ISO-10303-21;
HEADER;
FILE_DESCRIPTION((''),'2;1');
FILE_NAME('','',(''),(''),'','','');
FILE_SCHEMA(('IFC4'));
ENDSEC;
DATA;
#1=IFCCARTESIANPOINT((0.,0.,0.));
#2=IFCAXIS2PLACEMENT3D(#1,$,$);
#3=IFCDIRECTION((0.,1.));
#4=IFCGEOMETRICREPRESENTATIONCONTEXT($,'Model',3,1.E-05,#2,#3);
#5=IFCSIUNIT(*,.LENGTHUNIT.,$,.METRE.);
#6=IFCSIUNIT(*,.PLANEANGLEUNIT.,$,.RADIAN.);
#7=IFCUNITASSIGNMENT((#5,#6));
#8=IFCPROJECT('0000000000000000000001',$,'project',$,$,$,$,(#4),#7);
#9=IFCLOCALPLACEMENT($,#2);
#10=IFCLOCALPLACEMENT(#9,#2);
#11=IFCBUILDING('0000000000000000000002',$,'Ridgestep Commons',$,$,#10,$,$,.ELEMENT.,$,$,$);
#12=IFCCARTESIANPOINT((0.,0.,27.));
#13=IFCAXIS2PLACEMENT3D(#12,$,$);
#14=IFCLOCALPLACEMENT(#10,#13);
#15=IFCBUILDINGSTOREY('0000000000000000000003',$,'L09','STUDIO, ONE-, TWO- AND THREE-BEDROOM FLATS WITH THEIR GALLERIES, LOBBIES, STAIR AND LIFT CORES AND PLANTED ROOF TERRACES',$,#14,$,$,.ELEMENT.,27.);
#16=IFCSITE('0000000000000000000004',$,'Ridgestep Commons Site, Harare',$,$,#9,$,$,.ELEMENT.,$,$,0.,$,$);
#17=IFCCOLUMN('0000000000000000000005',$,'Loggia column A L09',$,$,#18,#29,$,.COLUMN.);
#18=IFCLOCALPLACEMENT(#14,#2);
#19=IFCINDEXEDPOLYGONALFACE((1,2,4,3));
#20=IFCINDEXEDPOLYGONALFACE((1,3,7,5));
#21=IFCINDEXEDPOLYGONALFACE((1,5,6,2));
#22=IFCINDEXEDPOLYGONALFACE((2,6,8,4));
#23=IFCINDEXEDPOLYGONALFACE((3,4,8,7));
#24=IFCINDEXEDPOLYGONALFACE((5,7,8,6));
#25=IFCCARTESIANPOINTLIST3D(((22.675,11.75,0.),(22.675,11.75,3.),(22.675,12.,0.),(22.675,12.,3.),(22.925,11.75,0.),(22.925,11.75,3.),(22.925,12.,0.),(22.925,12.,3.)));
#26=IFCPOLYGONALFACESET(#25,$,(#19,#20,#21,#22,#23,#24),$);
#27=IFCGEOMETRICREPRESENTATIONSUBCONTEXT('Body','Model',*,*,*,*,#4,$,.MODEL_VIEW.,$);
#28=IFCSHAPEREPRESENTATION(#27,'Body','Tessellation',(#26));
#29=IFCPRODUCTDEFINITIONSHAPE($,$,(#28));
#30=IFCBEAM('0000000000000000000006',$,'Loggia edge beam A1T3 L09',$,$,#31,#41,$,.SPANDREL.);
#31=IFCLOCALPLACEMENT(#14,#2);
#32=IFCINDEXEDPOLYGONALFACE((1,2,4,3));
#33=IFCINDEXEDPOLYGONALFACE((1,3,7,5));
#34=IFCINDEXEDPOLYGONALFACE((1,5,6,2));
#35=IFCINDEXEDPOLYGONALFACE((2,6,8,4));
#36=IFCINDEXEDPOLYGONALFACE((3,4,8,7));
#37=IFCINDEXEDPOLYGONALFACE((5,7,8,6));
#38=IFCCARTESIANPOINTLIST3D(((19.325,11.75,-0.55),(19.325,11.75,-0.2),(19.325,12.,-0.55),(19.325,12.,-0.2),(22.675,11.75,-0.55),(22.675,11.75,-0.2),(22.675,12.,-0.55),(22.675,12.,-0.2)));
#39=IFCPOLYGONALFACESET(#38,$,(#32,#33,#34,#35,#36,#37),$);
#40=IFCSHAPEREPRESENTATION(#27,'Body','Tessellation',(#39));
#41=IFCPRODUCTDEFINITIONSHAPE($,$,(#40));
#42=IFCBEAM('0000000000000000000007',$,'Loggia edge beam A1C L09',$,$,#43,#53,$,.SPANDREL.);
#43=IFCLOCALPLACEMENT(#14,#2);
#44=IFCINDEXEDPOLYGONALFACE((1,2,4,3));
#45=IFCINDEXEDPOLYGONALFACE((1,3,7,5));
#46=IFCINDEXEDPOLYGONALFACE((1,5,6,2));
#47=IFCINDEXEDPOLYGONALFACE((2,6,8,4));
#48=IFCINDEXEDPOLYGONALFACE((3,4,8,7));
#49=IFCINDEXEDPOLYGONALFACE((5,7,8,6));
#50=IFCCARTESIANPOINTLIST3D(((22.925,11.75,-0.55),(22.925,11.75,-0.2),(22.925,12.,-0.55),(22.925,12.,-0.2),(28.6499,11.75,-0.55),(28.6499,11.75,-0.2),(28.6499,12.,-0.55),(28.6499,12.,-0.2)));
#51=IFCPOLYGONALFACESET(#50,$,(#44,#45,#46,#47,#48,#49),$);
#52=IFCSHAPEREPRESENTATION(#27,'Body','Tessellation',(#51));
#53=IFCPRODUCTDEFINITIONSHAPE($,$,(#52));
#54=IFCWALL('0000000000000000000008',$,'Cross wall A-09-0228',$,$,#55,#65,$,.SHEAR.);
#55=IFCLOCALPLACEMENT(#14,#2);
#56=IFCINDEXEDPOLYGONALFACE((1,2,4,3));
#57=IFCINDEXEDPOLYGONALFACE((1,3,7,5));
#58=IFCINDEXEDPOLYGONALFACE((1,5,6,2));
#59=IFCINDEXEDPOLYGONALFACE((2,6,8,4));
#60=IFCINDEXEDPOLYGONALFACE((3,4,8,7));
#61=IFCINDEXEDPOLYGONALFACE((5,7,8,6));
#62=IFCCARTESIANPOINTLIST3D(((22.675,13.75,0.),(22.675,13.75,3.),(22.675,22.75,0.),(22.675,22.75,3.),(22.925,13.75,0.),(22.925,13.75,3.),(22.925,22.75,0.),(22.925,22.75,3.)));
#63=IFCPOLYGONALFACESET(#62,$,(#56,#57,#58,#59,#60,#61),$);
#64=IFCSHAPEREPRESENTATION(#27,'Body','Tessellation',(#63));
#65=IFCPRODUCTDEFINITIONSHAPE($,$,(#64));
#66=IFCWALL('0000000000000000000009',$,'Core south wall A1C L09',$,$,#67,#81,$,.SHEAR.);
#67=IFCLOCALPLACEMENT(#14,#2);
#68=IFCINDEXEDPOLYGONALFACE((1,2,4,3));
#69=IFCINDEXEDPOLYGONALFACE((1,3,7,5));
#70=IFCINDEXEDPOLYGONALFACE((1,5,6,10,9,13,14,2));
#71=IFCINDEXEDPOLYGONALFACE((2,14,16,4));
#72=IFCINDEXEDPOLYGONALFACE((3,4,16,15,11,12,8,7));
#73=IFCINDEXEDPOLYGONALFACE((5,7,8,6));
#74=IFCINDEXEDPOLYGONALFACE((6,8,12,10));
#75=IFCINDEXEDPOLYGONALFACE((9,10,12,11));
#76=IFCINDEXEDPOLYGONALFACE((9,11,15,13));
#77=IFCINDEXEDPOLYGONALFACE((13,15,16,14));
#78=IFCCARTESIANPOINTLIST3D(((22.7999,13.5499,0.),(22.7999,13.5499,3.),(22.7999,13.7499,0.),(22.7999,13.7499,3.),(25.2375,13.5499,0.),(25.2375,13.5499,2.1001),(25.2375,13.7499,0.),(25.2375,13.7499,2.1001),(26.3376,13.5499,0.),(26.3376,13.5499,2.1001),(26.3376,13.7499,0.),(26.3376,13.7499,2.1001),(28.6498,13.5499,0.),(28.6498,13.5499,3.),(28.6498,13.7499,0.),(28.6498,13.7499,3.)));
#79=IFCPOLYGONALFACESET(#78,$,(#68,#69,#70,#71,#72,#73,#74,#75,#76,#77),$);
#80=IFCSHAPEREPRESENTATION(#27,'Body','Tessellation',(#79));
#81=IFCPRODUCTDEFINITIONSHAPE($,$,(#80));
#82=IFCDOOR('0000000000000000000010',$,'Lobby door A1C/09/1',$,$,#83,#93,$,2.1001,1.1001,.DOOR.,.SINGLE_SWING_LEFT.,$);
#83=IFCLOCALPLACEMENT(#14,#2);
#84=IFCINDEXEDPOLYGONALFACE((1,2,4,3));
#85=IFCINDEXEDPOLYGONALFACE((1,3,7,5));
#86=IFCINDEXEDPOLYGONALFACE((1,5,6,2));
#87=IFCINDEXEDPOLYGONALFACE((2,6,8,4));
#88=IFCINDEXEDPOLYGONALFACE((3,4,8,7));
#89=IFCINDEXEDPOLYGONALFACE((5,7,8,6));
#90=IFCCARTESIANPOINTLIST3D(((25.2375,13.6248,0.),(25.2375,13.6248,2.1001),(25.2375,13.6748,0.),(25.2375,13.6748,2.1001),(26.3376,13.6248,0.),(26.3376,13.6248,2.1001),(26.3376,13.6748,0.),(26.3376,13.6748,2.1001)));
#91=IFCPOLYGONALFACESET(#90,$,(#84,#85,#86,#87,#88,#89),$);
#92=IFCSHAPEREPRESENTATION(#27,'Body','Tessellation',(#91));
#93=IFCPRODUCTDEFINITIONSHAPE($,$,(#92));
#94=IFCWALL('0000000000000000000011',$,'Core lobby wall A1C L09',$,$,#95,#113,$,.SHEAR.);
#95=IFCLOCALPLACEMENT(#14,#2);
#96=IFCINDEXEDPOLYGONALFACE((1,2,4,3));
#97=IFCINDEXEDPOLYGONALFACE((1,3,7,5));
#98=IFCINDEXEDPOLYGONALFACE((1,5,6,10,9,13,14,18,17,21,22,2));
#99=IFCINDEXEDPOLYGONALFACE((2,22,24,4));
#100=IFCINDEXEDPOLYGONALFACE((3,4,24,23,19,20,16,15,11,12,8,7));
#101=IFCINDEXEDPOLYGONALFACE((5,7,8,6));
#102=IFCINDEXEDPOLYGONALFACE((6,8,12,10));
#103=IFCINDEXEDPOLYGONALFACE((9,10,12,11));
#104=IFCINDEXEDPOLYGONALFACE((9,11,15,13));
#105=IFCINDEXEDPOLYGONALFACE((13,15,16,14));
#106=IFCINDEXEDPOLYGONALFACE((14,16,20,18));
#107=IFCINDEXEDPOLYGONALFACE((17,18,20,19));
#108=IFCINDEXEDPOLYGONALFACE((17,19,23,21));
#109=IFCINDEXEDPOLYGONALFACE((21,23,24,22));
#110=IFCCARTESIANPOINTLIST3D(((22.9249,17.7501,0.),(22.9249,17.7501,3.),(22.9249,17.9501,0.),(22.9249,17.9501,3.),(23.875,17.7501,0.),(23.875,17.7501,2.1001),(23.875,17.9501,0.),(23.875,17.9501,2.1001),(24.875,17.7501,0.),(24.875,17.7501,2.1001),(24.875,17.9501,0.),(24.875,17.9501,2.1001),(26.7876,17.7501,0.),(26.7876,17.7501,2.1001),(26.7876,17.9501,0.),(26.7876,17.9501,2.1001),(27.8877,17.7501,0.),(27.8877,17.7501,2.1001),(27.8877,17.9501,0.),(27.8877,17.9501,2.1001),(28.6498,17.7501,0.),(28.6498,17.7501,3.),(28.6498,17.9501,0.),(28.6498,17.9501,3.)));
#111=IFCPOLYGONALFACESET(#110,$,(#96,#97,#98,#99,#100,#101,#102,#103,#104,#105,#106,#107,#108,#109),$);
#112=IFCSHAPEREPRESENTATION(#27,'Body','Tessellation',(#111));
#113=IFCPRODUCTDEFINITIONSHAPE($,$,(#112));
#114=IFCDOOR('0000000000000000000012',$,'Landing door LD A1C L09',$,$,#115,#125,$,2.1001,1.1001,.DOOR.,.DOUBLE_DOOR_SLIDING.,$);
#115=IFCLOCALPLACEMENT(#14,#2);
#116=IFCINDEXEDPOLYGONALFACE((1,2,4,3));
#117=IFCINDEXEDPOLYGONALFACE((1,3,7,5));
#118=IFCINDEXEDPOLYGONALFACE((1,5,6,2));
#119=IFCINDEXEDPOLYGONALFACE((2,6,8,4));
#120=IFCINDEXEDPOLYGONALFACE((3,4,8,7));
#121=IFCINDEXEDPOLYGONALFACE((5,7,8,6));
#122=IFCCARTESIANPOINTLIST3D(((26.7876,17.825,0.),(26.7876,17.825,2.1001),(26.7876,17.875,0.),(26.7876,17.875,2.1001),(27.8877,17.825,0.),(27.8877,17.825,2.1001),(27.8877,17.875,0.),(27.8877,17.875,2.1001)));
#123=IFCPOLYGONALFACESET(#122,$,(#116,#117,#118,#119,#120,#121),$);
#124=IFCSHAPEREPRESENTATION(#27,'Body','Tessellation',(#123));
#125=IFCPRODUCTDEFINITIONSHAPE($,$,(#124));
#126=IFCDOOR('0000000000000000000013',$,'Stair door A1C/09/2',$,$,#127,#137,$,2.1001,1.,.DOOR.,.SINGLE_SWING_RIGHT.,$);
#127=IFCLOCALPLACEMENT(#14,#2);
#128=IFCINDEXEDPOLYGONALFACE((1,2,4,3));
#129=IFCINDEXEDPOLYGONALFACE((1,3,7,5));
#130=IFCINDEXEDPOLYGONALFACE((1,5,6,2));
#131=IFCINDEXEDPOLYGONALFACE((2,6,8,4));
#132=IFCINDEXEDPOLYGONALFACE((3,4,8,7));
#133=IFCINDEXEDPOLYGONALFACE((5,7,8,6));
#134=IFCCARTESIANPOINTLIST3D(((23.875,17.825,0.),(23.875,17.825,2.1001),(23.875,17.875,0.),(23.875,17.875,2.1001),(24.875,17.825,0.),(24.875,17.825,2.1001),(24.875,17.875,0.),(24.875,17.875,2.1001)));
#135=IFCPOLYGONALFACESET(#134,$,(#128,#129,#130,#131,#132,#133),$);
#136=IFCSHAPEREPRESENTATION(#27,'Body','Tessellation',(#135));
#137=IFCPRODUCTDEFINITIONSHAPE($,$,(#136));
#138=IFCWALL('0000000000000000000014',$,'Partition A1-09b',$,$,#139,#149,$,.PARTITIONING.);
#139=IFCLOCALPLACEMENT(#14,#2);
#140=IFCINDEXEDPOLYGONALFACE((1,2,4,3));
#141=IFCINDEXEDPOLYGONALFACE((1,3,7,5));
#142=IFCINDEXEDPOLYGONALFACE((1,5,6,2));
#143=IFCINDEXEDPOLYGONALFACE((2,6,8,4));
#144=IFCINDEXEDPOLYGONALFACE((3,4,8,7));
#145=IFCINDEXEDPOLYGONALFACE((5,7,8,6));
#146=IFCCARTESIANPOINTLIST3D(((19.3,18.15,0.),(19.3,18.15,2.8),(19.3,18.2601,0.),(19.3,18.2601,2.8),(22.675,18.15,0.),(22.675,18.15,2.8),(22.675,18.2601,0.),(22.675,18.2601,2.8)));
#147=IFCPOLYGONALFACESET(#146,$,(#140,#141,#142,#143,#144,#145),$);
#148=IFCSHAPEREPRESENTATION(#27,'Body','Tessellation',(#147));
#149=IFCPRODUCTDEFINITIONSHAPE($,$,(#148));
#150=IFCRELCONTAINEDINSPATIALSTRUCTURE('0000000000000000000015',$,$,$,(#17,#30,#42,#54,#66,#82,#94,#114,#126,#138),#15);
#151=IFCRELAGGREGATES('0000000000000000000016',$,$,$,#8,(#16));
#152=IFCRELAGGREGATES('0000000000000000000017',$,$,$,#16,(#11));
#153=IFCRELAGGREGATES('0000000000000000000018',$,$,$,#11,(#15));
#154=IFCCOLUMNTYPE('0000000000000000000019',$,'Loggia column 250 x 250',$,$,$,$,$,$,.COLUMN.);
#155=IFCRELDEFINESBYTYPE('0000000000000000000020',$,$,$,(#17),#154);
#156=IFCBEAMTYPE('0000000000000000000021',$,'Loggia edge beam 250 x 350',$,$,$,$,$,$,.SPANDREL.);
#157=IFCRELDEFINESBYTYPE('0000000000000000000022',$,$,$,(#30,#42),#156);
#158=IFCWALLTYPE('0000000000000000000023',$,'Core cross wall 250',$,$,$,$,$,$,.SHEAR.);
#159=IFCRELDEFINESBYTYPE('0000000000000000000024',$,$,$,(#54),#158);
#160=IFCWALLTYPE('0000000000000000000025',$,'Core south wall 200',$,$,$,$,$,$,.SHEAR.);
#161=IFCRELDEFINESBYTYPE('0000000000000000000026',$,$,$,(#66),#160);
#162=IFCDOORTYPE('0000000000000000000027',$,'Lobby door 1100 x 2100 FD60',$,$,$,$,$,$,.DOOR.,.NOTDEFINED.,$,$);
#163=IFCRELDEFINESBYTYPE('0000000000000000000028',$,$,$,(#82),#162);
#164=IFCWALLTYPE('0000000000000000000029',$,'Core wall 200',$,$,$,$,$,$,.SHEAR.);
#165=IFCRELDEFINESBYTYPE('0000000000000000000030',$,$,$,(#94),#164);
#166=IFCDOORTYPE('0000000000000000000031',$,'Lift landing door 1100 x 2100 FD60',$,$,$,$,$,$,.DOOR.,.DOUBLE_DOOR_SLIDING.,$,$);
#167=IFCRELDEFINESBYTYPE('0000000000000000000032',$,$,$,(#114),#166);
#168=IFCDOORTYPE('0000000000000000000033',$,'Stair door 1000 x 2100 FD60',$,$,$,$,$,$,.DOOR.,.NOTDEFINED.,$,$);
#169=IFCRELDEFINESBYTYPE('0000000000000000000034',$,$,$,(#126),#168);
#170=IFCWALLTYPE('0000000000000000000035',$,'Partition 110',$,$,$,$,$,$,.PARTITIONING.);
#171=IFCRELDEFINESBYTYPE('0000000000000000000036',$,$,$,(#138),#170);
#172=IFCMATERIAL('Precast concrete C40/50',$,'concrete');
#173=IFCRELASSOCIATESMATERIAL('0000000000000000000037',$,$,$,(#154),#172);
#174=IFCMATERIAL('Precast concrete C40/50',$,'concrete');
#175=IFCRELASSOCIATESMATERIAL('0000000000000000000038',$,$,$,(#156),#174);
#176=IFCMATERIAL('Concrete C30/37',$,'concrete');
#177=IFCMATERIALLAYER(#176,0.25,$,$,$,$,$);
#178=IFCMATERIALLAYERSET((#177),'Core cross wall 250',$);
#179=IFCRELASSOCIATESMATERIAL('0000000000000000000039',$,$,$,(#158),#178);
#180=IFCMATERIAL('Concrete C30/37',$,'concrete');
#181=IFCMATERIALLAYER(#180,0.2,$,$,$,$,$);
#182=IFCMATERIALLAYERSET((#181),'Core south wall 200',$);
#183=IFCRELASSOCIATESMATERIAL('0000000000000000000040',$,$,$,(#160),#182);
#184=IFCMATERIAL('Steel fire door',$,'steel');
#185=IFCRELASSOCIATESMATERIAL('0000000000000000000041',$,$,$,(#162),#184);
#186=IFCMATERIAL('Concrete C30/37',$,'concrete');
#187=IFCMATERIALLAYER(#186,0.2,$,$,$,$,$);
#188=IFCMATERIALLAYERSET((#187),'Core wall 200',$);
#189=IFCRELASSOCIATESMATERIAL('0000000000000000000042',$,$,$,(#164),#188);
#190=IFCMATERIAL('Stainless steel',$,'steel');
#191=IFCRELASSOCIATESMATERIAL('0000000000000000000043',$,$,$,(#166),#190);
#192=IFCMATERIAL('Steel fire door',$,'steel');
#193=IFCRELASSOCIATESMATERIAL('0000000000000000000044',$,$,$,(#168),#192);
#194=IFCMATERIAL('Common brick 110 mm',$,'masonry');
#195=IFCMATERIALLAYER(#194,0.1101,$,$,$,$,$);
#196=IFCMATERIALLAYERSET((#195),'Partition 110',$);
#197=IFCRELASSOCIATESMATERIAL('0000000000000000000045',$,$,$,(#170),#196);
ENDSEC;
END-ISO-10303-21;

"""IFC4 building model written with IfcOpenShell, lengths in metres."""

from ifc_helpers import new_model, si_unit, direction, frame, frame_2d, origin, origin_2d, place, context, subcontext, project, spatial, rectangle, extrude, material, layer, layer_set, material_profile, profile_set, type_object, element, fill, save


model = new_model("IFC4")

# Units and contexts
model_context = context("Model", 3, precision=1e-05, world=origin(), true_north=direction((0.0, 1.0)))
body_context = subcontext(model_context, "Body", "Model", "MODEL_VIEW")
ifc_project = project(units=[si_unit("LENGTHUNIT", "METRE"), si_unit("PLANEANGLEUNIT", "RADIAN")], contexts=[model_context])

# Site, building, storey
site_placement = place(None, origin())
site = spatial("IfcSite", under=ifc_project, at=site_placement, Name="Ridgestep Commons Site, Harare", CompositionType="ELEMENT", RefElevation=0.0)
building_placement = place(site_placement, origin())
building = spatial("IfcBuilding", under=site, at=building_placement, Name="Ridgestep Commons", CompositionType="ELEMENT")
storey_placement = place(building_placement, frame((0.0, 0.0, 27.0)))
storey = spatial("IfcBuildingStorey", under=building, at=storey_placement, Name="L09", Description="STUDIO, ONE-, TWO- AND THREE-BEDROOM FLATS WITH THEIR GALLERIES, LOBBIES, STAIR AND LIFT CORES AND PLANTED ROOF TERRACES", CompositionType="ELEMENT", Elevation=27.0)

# Column
ifc_material_1 = material(Name="Precast concrete C40/50", Category="concrete")
ifc_material_profile_1 = material_profile(ifc_material_1, rectangle(XDim=0.25, YDim=0.25, at=origin_2d()), Name="PC 250x250")
ifc_profile_set_1 = profile_set([ifc_material_profile_1], Name="Precast concrete C40/50")
column_type = type_object("IfcColumnType", Name="Loggia column 250 x 250", PredefinedType="COLUMN", material=ifc_profile_set_1)
column_placement = place(storey_placement, frame((22.8, 11.875, 0.0), z_axis=(0.0, 0.0, 1.0), x_axis=(1.0, 0.0, 0.0)))
element("IfcColumn", 1, at=column_placement, inside=storey, type_object=column_type, Name="Loggia column A L09", PredefinedType="COLUMN", context=body_context, shape_type="SweptSolid", body=[
    extrude(rectangle(XDim=0.25, YDim=0.25, at=origin_2d()), origin(), (0.0, 0.0, 1.0), 3.0),
])

# Beams
ifc_material_2 = material(Name="Precast concrete C40/50", Category="concrete")
ifc_material_profile_2 = material_profile(ifc_material_2, rectangle(XDim=0.25, YDim=0.3501, at=origin_2d()), Name="PC 250x350")
ifc_profile_set_2 = profile_set([ifc_material_profile_2], Name="Precast concrete C40/50")
beam_type = type_object("IfcBeamType", Name="Loggia edge beam 250 x 350", PredefinedType="SPANDREL", material=ifc_profile_set_2)
beam_1_placement = place(storey_placement, frame((19.325, 11.875, -0.375), z_axis=(1.0, 0.0, 0.0), x_axis=(0.0, 1.0, 0.0)))
element("IfcBeam", 2, at=beam_1_placement, inside=storey, type_object=beam_type, Name="Loggia edge beam A1T3 L09", PredefinedType="SPANDREL", context=body_context, shape_type="SweptSolid", body=[
    extrude(rectangle(XDim=0.25, YDim=0.3501, at=origin_2d()), origin(), (0.0, 0.0, 1.0), 3.3501),
])
beam_2_placement = place(storey_placement, frame((22.925, 11.875, -0.375), z_axis=(1.0, 0.0, 0.0), x_axis=(0.0, 1.0, 0.0)))
element("IfcBeam", 3, at=beam_2_placement, inside=storey, type_object=beam_type, Name="Loggia edge beam A1C L09", PredefinedType="SPANDREL", context=body_context, shape_type="SweptSolid", body=[
    extrude(rectangle(XDim=0.25, YDim=0.3501, at=origin_2d()), origin(), (0.0, 0.0, 1.0), 5.7249),
])

# Wall
ifc_material_3 = material(Name="Concrete C30/37", Category="concrete")
ifc_layer_1 = layer(ifc_material_3, 0.25)
ifc_layer_set_1 = layer_set([ifc_layer_1], Name="Core cross wall 250")
wall_type_1 = type_object("IfcWallType", Name="Core cross wall 250", PredefinedType="SHEAR", material=ifc_layer_set_1)
wall_1_placement = place(storey_placement, frame((22.8, 13.75, 0.0), z_axis=(0.0, 0.0, 1.0), x_axis=(0.0, 1.0, 0.0)))
element("IfcWall", 4, at=wall_1_placement, inside=storey, type_object=wall_type_1, Name="Cross wall A-09-0228", PredefinedType="SHEAR", context=body_context, shape_type="SweptSolid", body=[
    extrude(rectangle(XDim=9.0, YDim=0.25, at=frame_2d((4.5, 0.0))), origin(), (0.0, 0.0, 1.0), 3.0),
])

# Wall, opening, door
ifc_material_4 = material(Name="Concrete C30/37", Category="concrete")
ifc_layer_2 = layer(ifc_material_4, 0.2)
ifc_layer_set_2 = layer_set([ifc_layer_2], Name="Core south wall 200")
wall_type_2 = type_object("IfcWallType", Name="Core south wall 200", PredefinedType="SHEAR", material=ifc_layer_set_2)
wall_2_placement = place(storey_placement, frame((22.8, 13.6499, 0.0), z_axis=(0.0, 0.0, 1.0), x_axis=(1.0, 0.0, 0.0)))
wall_2 = element("IfcWall", 5, at=wall_2_placement, inside=storey, type_object=wall_type_2, Name="Core south wall A1C L09", PredefinedType="SHEAR", context=body_context, shape_type="SweptSolid", body=[
    extrude(rectangle(XDim=5.8499, YDim=0.2, at=frame_2d((2.9248, 0.0))), origin(), (0.0, 0.0, 1.0), 3.0),
])
opening_1_placement = place(wall_2_placement, frame((2.4375, 0.0, 0.0)))
opening_1 = element("IfcOpeningElement", 6, at=opening_1_placement, cuts=wall_2, PredefinedType="OPENING", context=body_context, shape_type="SweptSolid", body=[
    extrude(rectangle(XDim=1.1001, YDim=2.1001, at=frame_2d((0.55, 1.05))), frame((0.0, 0.1099, 0.0), z_axis=(0.0, -1.0, 0.0), x_axis=(1.0, 0.0, 0.0)), (0.0, 0.0, 1.0), 0.22),
])
ifc_material_5 = material(Name="Steel fire door", Category="steel")
door_type_1 = type_object("IfcDoorType", Name="Lobby door 1100 x 2100 FD60", OperationType="NOTDEFINED", PredefinedType="DOOR", material=ifc_material_5)
door_1_placement = place(opening_1_placement, origin())
door_1 = element("IfcDoor", 7, at=door_1_placement, inside=storey, type_object=door_type_1, Name="Lobby door A1C/09/1", OperationType="SINGLE_SWING_LEFT", OverallHeight=2.1001, OverallWidth=1.1001, PredefinedType="DOOR", context=body_context, shape_type="SweptSolid", body=[
    extrude(rectangle(XDim=1.1001, YDim=2.1001, at=frame_2d((0.55, 1.05))), frame((0.0, 0.0249, 0.0), z_axis=(0.0, -1.0, 0.0), x_axis=(1.0, 0.0, 0.0)), (0.0, 0.0, 1.0), 0.05),
])
fill(opening_1, door_1)

# Wall, openings, doors
ifc_material_6 = material(Name="Concrete C30/37", Category="concrete")
ifc_layer_3 = layer(ifc_material_6, 0.2)
ifc_layer_set_3 = layer_set([ifc_layer_3], Name="Core wall 200")
wall_type_3 = type_object("IfcWallType", Name="Core wall 200", PredefinedType="SHEAR", material=ifc_layer_set_3)
wall_3_placement = place(storey_placement, frame((22.925, 17.8501, 0.0), z_axis=(0.0, 0.0, 1.0), x_axis=(1.0, 0.0, 0.0)))
wall_3 = element("IfcWall", 8, at=wall_3_placement, inside=storey, type_object=wall_type_3, Name="Core lobby wall A1C L09", PredefinedType="SHEAR", context=body_context, shape_type="SweptSolid", body=[
    extrude(rectangle(XDim=5.7249, YDim=0.2, at=frame_2d((2.8623, 0.0))), origin(), (0.0, 0.0, 1.0), 3.0),
])
opening_2_placement = place(wall_3_placement, frame((0.95, 0.0, 0.0)))
opening_2 = element("IfcOpeningElement", 9, at=opening_2_placement, cuts=wall_3, PredefinedType="OPENING", context=body_context, shape_type="SweptSolid", body=[
    extrude(rectangle(XDim=1.0, YDim=2.1001, at=frame_2d((0.5, 1.05))), frame((0.0, 0.1099, 0.0), z_axis=(0.0, -1.0, 0.0), x_axis=(1.0, 0.0, 0.0)), (0.0, 0.0, 1.0), 0.22),
])
opening_3_placement = place(wall_3_placement, frame((3.8625, 0.0, 0.0)))
opening_3 = element("IfcOpeningElement", 10, at=opening_3_placement, cuts=wall_3, PredefinedType="OPENING", context=body_context, shape_type="SweptSolid", body=[
    extrude(rectangle(XDim=1.1001, YDim=2.1001, at=frame_2d((0.55, 1.05))), frame((0.0, 0.1099, 0.0), z_axis=(0.0, -1.0, 0.0), x_axis=(1.0, 0.0, 0.0)), (0.0, 0.0, 1.0), 0.22),
])
ifc_material_7 = material(Name="Stainless steel", Category="steel")
door_type_2 = type_object("IfcDoorType", Name="Lift landing door 1100 x 2100 FD60", OperationType="DOUBLE_DOOR_SLIDING", PredefinedType="DOOR", material=ifc_material_7)
door_2_placement = place(opening_3_placement, origin())
door_2 = element("IfcDoor", 11, at=door_2_placement, inside=storey, type_object=door_type_2, Name="Landing door LD A1C L09", OperationType="DOUBLE_DOOR_SLIDING", OverallHeight=2.1001, OverallWidth=1.1001, PredefinedType="DOOR", context=body_context, shape_type="SweptSolid", body=[
    extrude(rectangle(XDim=1.1001, YDim=2.1001, at=frame_2d((0.55, 1.05))), frame((0.0, 0.0249, 0.0), z_axis=(0.0, -1.0, 0.0), x_axis=(1.0, 0.0, 0.0)), (0.0, 0.0, 1.0), 0.05),
])
fill(opening_3, door_2)
ifc_material_8 = material(Name="Steel fire door", Category="steel")
door_type_3 = type_object("IfcDoorType", Name="Stair door 1000 x 2100 FD60", OperationType="NOTDEFINED", PredefinedType="DOOR", material=ifc_material_8)
door_3_placement = place(opening_2_placement, origin())
door_3 = element("IfcDoor", 12, at=door_3_placement, inside=storey, type_object=door_type_3, Name="Stair door A1C/09/2", OperationType="SINGLE_SWING_RIGHT", OverallHeight=2.1001, OverallWidth=1.0, PredefinedType="DOOR", context=body_context, shape_type="SweptSolid", body=[
    extrude(rectangle(XDim=1.0, YDim=2.1001, at=frame_2d((0.5, 1.05))), frame((0.0, 0.0249, 0.0), z_axis=(0.0, -1.0, 0.0), x_axis=(1.0, 0.0, 0.0)), (0.0, 0.0, 1.0), 0.05),
])
fill(opening_2, door_3)

# Wall
ifc_material_9 = material(Name="Common brick 110 mm", Category="masonry")
ifc_layer_4 = layer(ifc_material_9, 0.1101)
ifc_layer_set_4 = layer_set([ifc_layer_4], Name="Partition 110")
wall_type_4 = type_object("IfcWallType", Name="Partition 110", PredefinedType="PARTITIONING", material=ifc_layer_set_4)
wall_4_placement = place(storey_placement, frame((19.3, 18.2051, 0.0), z_axis=(0.0, 0.0, 1.0), x_axis=(1.0, 0.0, 0.0)))
element("IfcWall", 13, at=wall_4_placement, inside=storey, type_object=wall_type_4, Name="Partition A1-09b", PredefinedType="PARTITIONING", context=body_context, shape_type="SweptSolid", body=[
    extrude(rectangle(XDim=3.375, YDim=0.1101, at=frame_2d((1.6875, 0.0))), origin(), (0.0, 0.0, 1.0), 2.8),
])

save(model, "model.ifc")
